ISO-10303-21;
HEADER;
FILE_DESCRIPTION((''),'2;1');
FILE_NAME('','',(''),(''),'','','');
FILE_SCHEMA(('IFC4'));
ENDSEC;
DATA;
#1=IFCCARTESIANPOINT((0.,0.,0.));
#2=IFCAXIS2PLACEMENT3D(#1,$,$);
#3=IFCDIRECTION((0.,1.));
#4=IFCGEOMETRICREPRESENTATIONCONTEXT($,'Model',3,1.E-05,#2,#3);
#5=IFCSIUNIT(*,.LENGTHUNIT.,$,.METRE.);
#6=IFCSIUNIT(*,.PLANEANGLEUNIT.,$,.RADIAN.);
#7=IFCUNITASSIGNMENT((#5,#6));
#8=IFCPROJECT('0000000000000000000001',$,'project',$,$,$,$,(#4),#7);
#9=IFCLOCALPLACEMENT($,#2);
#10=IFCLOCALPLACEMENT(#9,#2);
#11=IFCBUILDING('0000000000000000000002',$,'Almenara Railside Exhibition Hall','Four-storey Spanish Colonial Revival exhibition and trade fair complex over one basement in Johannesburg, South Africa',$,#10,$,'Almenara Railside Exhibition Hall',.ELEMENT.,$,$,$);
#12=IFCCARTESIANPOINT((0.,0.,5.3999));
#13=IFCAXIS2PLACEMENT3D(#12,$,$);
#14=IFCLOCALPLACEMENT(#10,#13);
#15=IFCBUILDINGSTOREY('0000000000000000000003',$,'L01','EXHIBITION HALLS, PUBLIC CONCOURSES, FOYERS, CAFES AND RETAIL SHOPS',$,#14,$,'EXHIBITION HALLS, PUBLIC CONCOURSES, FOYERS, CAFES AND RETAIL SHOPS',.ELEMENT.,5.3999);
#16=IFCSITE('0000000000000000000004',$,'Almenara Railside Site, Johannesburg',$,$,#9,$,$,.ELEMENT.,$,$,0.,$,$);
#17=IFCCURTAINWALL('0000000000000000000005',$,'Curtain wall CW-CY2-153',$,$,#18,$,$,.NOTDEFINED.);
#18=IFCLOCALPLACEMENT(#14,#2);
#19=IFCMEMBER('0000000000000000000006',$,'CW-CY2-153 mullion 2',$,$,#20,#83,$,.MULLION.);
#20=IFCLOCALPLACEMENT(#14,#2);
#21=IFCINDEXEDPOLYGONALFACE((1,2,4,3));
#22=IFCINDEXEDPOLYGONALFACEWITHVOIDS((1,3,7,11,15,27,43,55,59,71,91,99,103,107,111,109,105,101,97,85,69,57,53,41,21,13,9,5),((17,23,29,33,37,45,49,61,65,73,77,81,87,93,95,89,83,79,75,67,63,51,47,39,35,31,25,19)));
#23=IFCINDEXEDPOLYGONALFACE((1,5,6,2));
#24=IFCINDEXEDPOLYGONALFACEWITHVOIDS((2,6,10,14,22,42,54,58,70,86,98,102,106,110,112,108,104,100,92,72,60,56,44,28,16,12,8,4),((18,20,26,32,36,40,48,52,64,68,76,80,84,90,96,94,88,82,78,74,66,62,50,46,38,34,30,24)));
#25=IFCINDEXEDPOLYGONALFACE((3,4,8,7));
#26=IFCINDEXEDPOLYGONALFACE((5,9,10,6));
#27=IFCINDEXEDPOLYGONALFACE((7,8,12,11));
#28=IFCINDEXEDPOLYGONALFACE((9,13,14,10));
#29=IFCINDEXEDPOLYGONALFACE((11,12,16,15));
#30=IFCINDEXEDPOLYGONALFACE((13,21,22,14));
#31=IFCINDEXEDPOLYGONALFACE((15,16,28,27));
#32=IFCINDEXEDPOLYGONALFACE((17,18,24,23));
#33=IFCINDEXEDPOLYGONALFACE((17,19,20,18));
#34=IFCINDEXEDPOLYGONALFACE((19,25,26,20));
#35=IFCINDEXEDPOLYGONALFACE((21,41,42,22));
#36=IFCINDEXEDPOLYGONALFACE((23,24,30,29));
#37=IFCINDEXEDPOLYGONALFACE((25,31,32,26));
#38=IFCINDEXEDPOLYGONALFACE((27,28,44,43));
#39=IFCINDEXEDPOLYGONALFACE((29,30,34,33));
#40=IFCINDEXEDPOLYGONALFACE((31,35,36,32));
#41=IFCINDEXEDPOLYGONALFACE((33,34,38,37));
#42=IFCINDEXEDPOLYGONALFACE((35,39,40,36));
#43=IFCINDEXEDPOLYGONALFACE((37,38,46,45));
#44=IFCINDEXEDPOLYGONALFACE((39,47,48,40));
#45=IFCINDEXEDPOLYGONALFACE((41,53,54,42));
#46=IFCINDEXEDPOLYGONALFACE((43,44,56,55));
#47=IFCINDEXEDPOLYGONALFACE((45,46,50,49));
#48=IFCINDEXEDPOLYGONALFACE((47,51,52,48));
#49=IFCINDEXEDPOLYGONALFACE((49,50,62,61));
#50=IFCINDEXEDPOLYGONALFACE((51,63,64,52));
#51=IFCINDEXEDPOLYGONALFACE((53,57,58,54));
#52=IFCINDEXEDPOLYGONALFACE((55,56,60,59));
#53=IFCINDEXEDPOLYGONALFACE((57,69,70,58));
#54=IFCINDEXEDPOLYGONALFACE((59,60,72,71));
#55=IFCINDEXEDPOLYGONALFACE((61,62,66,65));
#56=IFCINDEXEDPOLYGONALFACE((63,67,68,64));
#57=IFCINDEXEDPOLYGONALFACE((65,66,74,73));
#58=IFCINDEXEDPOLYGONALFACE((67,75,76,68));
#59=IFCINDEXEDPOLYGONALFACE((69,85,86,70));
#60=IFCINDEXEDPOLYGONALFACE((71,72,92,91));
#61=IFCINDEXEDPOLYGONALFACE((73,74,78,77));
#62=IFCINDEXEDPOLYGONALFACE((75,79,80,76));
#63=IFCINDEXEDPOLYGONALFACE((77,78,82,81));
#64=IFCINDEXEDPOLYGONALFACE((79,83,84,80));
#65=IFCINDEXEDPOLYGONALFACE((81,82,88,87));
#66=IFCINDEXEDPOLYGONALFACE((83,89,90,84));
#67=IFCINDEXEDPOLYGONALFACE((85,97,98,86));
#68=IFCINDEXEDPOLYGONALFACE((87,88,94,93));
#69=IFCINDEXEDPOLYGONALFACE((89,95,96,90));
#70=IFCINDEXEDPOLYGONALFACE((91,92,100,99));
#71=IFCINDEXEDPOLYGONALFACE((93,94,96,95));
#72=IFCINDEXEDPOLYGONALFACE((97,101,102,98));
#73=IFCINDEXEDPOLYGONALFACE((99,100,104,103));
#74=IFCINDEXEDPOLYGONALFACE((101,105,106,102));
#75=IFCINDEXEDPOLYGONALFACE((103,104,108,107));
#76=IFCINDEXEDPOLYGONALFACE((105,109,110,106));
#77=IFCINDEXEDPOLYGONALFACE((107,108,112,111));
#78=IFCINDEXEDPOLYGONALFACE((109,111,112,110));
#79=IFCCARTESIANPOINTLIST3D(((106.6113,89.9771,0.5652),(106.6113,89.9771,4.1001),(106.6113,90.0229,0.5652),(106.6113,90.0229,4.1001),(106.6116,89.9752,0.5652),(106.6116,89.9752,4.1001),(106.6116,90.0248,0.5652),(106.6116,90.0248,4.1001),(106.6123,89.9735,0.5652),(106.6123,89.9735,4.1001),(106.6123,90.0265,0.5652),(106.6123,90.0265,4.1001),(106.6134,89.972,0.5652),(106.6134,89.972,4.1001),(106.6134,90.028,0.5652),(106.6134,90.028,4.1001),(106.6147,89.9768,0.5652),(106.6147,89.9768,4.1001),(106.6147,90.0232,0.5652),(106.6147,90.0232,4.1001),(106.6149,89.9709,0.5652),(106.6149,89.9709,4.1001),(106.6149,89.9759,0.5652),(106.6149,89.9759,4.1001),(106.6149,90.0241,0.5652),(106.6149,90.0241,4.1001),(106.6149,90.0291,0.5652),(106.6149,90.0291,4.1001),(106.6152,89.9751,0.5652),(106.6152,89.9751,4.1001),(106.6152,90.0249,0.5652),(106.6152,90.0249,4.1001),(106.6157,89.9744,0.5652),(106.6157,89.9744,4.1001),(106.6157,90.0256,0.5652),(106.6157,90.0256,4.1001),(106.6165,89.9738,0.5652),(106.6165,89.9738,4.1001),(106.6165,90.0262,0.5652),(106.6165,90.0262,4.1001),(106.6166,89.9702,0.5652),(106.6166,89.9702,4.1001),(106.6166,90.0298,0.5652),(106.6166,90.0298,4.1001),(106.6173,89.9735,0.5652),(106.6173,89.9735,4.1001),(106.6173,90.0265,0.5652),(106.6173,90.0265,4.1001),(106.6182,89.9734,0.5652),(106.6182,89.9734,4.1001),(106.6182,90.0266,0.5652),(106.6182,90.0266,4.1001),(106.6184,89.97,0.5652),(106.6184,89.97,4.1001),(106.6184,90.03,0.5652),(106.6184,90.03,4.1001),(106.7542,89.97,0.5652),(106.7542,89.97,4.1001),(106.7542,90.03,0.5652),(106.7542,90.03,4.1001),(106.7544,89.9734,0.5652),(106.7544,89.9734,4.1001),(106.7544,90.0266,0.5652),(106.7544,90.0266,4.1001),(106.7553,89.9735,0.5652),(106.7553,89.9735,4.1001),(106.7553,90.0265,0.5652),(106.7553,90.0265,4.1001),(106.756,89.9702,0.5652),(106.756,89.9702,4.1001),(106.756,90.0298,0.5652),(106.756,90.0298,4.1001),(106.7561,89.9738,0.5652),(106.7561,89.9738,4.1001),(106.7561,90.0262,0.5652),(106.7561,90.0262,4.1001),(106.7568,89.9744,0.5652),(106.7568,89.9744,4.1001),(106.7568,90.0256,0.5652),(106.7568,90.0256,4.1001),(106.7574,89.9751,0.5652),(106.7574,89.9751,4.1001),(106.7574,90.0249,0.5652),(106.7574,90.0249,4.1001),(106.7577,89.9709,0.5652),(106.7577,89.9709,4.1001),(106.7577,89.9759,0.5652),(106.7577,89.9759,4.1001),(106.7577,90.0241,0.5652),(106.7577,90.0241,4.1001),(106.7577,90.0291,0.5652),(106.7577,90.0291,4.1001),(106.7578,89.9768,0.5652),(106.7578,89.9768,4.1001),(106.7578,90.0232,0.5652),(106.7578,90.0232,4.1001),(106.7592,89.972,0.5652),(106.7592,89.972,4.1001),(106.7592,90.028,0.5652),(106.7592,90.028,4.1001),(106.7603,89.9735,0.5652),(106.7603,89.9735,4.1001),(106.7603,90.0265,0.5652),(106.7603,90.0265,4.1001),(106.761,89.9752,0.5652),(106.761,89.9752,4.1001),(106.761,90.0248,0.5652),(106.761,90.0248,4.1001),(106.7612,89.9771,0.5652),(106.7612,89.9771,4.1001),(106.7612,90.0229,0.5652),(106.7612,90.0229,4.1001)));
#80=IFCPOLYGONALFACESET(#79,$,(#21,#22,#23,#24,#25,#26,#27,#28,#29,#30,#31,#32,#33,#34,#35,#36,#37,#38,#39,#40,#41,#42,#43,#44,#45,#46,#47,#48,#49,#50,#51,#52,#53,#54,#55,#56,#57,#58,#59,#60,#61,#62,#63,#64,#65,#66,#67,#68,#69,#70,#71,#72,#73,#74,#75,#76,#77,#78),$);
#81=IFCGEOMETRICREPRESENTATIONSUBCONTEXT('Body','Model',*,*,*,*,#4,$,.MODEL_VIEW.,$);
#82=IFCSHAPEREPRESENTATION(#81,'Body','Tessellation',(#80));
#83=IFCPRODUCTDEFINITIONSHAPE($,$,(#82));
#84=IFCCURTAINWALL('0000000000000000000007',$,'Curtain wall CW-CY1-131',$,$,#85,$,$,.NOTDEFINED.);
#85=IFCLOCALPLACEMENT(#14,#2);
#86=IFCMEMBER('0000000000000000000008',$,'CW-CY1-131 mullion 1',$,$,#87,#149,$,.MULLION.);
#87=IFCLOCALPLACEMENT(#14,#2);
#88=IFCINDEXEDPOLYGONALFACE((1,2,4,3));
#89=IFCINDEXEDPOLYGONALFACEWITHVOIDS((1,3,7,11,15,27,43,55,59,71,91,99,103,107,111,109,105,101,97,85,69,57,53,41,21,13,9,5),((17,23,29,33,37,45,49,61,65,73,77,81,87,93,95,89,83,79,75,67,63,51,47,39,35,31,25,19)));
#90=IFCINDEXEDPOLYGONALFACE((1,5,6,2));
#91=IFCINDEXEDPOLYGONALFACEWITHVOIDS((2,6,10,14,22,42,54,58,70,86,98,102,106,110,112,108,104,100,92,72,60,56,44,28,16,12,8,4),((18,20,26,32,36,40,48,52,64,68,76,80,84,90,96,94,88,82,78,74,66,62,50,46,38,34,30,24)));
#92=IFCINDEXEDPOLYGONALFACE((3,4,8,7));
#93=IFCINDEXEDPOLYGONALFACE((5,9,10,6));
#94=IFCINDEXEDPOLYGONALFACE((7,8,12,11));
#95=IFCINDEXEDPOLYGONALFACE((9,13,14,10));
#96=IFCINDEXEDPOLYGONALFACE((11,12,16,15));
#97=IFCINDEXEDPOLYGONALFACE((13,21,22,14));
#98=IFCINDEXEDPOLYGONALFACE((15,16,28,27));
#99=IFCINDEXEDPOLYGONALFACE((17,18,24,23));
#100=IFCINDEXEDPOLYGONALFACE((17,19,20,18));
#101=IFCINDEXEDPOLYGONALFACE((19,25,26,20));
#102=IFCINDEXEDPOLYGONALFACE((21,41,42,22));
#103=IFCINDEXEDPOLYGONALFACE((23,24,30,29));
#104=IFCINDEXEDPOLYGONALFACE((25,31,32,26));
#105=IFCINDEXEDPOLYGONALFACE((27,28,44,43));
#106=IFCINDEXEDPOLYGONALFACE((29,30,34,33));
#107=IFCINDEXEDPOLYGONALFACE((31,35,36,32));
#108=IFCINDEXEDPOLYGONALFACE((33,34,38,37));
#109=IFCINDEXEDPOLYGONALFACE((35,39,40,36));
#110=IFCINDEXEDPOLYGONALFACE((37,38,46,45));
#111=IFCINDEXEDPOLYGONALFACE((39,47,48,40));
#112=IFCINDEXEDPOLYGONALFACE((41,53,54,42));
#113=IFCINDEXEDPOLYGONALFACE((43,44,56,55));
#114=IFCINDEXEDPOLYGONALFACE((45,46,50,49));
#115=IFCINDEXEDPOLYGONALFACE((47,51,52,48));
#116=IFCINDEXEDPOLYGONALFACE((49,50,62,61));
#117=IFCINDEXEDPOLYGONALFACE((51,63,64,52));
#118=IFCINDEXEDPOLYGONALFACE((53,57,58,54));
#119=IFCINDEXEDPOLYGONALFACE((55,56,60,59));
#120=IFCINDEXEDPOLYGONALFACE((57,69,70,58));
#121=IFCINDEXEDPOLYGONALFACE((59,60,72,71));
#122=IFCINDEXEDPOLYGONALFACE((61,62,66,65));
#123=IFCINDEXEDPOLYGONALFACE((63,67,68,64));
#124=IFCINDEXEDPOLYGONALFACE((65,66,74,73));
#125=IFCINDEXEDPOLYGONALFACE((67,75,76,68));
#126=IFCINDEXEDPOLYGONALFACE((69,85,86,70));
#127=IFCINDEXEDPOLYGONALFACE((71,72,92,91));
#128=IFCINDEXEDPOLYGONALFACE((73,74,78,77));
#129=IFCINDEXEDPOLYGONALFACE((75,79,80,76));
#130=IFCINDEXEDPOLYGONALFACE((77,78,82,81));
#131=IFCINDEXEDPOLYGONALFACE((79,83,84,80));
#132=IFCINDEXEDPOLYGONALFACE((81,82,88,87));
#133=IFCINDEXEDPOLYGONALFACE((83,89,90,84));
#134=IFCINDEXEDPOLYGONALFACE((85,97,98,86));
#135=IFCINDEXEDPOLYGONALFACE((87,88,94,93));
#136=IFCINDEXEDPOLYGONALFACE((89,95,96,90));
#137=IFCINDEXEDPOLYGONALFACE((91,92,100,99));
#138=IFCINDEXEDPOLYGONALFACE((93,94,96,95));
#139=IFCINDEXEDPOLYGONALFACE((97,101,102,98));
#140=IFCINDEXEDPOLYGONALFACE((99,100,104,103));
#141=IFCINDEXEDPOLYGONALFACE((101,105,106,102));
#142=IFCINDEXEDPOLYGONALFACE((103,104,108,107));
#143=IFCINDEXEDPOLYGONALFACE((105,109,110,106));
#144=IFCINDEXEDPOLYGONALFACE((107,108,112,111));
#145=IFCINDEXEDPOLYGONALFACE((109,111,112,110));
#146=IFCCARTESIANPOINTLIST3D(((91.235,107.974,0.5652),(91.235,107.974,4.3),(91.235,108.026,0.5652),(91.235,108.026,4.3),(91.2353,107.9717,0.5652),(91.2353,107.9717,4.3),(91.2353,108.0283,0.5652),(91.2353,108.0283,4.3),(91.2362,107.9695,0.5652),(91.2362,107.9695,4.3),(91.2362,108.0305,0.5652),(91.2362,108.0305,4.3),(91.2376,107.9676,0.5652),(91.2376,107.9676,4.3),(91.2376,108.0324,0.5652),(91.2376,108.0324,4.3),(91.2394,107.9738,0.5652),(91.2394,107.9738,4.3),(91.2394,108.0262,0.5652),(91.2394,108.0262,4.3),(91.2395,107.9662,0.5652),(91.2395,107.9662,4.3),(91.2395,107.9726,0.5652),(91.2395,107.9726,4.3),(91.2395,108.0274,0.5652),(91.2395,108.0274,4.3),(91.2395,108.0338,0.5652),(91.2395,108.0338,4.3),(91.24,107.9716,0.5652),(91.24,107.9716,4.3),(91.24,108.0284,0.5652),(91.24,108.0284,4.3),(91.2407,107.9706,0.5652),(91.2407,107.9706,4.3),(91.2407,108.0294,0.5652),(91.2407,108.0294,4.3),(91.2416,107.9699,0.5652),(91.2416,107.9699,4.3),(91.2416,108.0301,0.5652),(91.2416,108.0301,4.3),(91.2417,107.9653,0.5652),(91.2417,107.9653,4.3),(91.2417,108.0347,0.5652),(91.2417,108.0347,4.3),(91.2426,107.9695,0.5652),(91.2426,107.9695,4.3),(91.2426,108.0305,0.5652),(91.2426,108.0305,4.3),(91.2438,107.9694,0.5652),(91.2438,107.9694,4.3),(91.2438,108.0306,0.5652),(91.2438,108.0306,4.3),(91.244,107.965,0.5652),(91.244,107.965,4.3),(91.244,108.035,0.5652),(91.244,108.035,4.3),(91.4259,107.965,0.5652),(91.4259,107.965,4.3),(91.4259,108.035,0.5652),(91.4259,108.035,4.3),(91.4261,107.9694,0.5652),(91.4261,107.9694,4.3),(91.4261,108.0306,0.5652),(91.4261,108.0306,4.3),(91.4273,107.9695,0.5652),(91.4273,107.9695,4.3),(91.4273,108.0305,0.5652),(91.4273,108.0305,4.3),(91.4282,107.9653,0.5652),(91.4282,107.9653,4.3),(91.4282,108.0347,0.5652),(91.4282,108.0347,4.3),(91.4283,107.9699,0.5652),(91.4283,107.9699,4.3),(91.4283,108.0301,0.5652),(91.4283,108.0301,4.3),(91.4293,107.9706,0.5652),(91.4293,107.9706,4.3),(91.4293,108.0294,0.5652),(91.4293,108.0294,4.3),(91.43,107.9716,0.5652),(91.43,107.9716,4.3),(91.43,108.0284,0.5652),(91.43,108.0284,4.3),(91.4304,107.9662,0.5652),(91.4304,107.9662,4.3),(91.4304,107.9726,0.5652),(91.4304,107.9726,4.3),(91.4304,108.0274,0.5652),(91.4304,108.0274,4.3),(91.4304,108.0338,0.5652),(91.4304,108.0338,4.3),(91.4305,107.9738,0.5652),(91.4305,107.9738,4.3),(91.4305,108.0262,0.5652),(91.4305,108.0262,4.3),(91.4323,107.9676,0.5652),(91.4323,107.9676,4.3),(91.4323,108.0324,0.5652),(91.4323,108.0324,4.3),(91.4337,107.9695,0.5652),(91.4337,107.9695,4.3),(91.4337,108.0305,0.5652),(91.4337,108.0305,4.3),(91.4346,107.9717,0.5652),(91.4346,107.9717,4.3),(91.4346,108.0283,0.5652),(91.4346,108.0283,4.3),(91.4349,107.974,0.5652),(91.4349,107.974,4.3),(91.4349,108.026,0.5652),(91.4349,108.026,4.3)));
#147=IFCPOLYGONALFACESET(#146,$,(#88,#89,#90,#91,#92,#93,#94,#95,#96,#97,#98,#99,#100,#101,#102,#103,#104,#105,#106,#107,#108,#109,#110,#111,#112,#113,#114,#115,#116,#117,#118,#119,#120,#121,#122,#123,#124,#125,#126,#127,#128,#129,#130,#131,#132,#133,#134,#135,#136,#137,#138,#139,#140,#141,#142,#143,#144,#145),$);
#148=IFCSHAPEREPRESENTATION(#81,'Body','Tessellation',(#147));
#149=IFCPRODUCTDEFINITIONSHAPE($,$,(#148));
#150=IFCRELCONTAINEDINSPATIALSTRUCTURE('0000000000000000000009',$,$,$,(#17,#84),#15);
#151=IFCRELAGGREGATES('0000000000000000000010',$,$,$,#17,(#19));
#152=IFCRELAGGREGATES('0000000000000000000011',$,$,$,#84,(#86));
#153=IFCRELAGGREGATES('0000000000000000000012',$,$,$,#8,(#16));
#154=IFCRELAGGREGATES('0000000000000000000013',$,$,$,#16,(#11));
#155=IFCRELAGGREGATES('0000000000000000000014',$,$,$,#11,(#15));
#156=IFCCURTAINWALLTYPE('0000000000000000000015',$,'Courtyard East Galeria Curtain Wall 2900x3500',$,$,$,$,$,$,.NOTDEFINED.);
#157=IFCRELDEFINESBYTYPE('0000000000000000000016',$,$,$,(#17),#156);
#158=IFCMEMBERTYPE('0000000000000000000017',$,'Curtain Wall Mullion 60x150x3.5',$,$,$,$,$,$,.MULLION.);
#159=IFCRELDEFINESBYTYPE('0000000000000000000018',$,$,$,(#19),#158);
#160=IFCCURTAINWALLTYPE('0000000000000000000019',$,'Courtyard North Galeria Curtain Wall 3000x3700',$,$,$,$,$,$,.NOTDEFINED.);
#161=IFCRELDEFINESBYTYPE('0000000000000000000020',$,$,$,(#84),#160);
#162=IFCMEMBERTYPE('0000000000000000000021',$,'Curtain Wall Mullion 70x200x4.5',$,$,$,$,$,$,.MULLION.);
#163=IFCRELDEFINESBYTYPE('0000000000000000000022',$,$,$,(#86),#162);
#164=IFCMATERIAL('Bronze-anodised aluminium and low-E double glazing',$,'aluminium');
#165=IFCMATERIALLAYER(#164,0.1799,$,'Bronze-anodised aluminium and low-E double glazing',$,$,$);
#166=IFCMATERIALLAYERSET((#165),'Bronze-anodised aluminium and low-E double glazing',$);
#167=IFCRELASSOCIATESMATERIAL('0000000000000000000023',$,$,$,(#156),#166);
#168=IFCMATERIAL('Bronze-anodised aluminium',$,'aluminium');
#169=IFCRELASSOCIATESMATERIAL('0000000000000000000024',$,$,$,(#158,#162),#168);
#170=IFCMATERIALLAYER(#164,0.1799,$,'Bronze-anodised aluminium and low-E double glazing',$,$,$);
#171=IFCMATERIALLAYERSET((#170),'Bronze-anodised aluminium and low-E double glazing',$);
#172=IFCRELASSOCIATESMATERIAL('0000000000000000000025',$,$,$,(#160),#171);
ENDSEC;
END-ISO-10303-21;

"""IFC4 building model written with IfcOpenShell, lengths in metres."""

from ifc_helpers import new_model, si_unit, direction, frame, origin, origin_2d, place, context, subcontext, project, spatial, hollow_rectangle, extrude, material, layer, layer_set, material_profile, profile_set, type_object, element, aggregate, save


model = new_model("IFC4")

# Units and contexts
model_context = context("Model", 3, precision=1e-05, world=origin(), true_north=direction((0.0, 1.0)))
body_context = subcontext(model_context, "Body", "Model", "MODEL_VIEW")
ifc_project = project(units=[si_unit("LENGTHUNIT", "METRE"), si_unit("PLANEANGLEUNIT", "RADIAN")], contexts=[model_context])

# Site, building, storey
site_placement = place(None, origin())
site = spatial("IfcSite", under=ifc_project, at=site_placement, Name="Almenara Railside Site, Johannesburg", CompositionType="ELEMENT", RefElevation=0.0)
building_placement = place(site_placement, origin())
building = spatial("IfcBuilding", under=site, at=building_placement, Name="Almenara Railside Exhibition Hall", Description="Four-storey Spanish Colonial Revival exhibition and trade fair complex over one basement in Johannesburg, South Africa", LongName="Almenara Railside Exhibition Hall", CompositionType="ELEMENT")
storey_placement = place(building_placement, frame((0.0, 0.0, 5.3999)))
storey = spatial("IfcBuildingStorey", under=building, at=storey_placement, Name="L01", Description="EXHIBITION HALLS, PUBLIC CONCOURSES, FOYERS, CAFES AND RETAIL SHOPS", LongName="EXHIBITION HALLS, PUBLIC CONCOURSES, FOYERS, CAFES AND RETAIL SHOPS", CompositionType="ELEMENT", Elevation=5.3999)

# Curtain wall, member
ifc_material_1 = material(Name="Bronze-anodised aluminium and low-E double glazing", Category="aluminium")
ifc_layer_1 = layer(ifc_material_1, 0.1799, Name="Bronze-anodised aluminium and low-E double glazing")
ifc_layer_set_1 = layer_set([ifc_layer_1], Name="Bronze-anodised aluminium and low-E double glazing")
curtain_wall_type_1 = type_object("IfcCurtainWallType", Name="Courtyard East Galeria Curtain Wall 2900x3500", PredefinedType="NOTDEFINED", material=ifc_layer_set_1)
curtain_wall_1_placement = place(storey_placement, origin())
curtain_wall_1 = element("IfcCurtainWall", 1, at=curtain_wall_1_placement, inside=storey, type_object=curtain_wall_type_1, Name="Curtain wall CW-CY2-153", PredefinedType="NOTDEFINED")
ifc_material_2 = material(Name="Bronze-anodised aluminium", Category="aluminium")
ifc_material_profile_1 = material_profile(ifc_material_2, hollow_rectangle(XDim=0.0601, YDim=0.1499, WallThickness=0.0034, InnerFilletRadius=0.0034, OuterFilletRadius=0.0071, at=origin_2d()), Name="ALU-MUL 60x150x3.5")
ifc_profile_set_1 = profile_set([ifc_material_profile_1], Name="Bronze-anodised aluminium")
member_type_1 = type_object("IfcMemberType", Name="Curtain Wall Mullion 60x150x3.5", PredefinedType="MULLION", material=ifc_profile_set_1)
member_1_placement = place(storey_placement, frame((106.6863, 90.0, 0.5652), z_axis=(0.0, 0.0, 1.0), x_axis=(0.0, -1.0, 0.0)))
member_1 = element("IfcMember", 2, at=member_1_placement, type_object=member_type_1, Name="CW-CY2-153 mullion 2", PredefinedType="MULLION", context=body_context, shape_type="SweptSolid", body=[
    extrude(hollow_rectangle(XDim=0.0601, YDim=0.1499, WallThickness=0.0034, InnerFilletRadius=0.0034, OuterFilletRadius=0.0071, at=origin_2d()), origin(), (0.0, 0.0, 1.0), 3.5349),
])

# Curtain wall, member
ifc_layer_2 = layer(ifc_material_1, 0.1799, Name="Bronze-anodised aluminium and low-E double glazing")
ifc_layer_set_2 = layer_set([ifc_layer_2], Name="Bronze-anodised aluminium and low-E double glazing")
curtain_wall_type_2 = type_object("IfcCurtainWallType", Name="Courtyard North Galeria Curtain Wall 3000x3700", PredefinedType="NOTDEFINED", material=ifc_layer_set_2)
curtain_wall_2_placement = place(storey_placement, origin())
curtain_wall_2 = element("IfcCurtainWall", 3, at=curtain_wall_2_placement, inside=storey, type_object=curtain_wall_type_2, Name="Curtain wall CW-CY1-131", PredefinedType="NOTDEFINED")
ifc_material_profile_2 = material_profile(ifc_material_2, hollow_rectangle(XDim=0.0701, YDim=0.2, WallThickness=0.0044, InnerFilletRadius=0.0044, OuterFilletRadius=0.009, at=origin_2d()), Name="ALU-MUL 70x200x4.5")
ifc_profile_set_2 = profile_set([ifc_material_profile_2], Name="Bronze-anodised aluminium")
member_type_2 = type_object("IfcMemberType", Name="Curtain Wall Mullion 70x200x4.5", PredefinedType="MULLION", material=ifc_profile_set_2)
member_2_placement = place(storey_placement, frame((91.335, 108.0, 0.5652), z_axis=(0.0, 0.0, 1.0), x_axis=(0.0, 1.0, 0.0)))
member_2 = element("IfcMember", 4, at=member_2_placement, type_object=member_type_2, Name="CW-CY1-131 mullion 1", PredefinedType="MULLION", context=body_context, shape_type="SweptSolid", body=[
    extrude(hollow_rectangle(XDim=0.0701, YDim=0.2, WallThickness=0.0044, InnerFilletRadius=0.0044, OuterFilletRadius=0.009, at=origin_2d()), origin(), (0.0, 0.0, 1.0), 3.7349),
])

aggregate(curtain_wall_1, [member_1])
aggregate(curtain_wall_2, [member_2])

save(model, "model.ifc")
